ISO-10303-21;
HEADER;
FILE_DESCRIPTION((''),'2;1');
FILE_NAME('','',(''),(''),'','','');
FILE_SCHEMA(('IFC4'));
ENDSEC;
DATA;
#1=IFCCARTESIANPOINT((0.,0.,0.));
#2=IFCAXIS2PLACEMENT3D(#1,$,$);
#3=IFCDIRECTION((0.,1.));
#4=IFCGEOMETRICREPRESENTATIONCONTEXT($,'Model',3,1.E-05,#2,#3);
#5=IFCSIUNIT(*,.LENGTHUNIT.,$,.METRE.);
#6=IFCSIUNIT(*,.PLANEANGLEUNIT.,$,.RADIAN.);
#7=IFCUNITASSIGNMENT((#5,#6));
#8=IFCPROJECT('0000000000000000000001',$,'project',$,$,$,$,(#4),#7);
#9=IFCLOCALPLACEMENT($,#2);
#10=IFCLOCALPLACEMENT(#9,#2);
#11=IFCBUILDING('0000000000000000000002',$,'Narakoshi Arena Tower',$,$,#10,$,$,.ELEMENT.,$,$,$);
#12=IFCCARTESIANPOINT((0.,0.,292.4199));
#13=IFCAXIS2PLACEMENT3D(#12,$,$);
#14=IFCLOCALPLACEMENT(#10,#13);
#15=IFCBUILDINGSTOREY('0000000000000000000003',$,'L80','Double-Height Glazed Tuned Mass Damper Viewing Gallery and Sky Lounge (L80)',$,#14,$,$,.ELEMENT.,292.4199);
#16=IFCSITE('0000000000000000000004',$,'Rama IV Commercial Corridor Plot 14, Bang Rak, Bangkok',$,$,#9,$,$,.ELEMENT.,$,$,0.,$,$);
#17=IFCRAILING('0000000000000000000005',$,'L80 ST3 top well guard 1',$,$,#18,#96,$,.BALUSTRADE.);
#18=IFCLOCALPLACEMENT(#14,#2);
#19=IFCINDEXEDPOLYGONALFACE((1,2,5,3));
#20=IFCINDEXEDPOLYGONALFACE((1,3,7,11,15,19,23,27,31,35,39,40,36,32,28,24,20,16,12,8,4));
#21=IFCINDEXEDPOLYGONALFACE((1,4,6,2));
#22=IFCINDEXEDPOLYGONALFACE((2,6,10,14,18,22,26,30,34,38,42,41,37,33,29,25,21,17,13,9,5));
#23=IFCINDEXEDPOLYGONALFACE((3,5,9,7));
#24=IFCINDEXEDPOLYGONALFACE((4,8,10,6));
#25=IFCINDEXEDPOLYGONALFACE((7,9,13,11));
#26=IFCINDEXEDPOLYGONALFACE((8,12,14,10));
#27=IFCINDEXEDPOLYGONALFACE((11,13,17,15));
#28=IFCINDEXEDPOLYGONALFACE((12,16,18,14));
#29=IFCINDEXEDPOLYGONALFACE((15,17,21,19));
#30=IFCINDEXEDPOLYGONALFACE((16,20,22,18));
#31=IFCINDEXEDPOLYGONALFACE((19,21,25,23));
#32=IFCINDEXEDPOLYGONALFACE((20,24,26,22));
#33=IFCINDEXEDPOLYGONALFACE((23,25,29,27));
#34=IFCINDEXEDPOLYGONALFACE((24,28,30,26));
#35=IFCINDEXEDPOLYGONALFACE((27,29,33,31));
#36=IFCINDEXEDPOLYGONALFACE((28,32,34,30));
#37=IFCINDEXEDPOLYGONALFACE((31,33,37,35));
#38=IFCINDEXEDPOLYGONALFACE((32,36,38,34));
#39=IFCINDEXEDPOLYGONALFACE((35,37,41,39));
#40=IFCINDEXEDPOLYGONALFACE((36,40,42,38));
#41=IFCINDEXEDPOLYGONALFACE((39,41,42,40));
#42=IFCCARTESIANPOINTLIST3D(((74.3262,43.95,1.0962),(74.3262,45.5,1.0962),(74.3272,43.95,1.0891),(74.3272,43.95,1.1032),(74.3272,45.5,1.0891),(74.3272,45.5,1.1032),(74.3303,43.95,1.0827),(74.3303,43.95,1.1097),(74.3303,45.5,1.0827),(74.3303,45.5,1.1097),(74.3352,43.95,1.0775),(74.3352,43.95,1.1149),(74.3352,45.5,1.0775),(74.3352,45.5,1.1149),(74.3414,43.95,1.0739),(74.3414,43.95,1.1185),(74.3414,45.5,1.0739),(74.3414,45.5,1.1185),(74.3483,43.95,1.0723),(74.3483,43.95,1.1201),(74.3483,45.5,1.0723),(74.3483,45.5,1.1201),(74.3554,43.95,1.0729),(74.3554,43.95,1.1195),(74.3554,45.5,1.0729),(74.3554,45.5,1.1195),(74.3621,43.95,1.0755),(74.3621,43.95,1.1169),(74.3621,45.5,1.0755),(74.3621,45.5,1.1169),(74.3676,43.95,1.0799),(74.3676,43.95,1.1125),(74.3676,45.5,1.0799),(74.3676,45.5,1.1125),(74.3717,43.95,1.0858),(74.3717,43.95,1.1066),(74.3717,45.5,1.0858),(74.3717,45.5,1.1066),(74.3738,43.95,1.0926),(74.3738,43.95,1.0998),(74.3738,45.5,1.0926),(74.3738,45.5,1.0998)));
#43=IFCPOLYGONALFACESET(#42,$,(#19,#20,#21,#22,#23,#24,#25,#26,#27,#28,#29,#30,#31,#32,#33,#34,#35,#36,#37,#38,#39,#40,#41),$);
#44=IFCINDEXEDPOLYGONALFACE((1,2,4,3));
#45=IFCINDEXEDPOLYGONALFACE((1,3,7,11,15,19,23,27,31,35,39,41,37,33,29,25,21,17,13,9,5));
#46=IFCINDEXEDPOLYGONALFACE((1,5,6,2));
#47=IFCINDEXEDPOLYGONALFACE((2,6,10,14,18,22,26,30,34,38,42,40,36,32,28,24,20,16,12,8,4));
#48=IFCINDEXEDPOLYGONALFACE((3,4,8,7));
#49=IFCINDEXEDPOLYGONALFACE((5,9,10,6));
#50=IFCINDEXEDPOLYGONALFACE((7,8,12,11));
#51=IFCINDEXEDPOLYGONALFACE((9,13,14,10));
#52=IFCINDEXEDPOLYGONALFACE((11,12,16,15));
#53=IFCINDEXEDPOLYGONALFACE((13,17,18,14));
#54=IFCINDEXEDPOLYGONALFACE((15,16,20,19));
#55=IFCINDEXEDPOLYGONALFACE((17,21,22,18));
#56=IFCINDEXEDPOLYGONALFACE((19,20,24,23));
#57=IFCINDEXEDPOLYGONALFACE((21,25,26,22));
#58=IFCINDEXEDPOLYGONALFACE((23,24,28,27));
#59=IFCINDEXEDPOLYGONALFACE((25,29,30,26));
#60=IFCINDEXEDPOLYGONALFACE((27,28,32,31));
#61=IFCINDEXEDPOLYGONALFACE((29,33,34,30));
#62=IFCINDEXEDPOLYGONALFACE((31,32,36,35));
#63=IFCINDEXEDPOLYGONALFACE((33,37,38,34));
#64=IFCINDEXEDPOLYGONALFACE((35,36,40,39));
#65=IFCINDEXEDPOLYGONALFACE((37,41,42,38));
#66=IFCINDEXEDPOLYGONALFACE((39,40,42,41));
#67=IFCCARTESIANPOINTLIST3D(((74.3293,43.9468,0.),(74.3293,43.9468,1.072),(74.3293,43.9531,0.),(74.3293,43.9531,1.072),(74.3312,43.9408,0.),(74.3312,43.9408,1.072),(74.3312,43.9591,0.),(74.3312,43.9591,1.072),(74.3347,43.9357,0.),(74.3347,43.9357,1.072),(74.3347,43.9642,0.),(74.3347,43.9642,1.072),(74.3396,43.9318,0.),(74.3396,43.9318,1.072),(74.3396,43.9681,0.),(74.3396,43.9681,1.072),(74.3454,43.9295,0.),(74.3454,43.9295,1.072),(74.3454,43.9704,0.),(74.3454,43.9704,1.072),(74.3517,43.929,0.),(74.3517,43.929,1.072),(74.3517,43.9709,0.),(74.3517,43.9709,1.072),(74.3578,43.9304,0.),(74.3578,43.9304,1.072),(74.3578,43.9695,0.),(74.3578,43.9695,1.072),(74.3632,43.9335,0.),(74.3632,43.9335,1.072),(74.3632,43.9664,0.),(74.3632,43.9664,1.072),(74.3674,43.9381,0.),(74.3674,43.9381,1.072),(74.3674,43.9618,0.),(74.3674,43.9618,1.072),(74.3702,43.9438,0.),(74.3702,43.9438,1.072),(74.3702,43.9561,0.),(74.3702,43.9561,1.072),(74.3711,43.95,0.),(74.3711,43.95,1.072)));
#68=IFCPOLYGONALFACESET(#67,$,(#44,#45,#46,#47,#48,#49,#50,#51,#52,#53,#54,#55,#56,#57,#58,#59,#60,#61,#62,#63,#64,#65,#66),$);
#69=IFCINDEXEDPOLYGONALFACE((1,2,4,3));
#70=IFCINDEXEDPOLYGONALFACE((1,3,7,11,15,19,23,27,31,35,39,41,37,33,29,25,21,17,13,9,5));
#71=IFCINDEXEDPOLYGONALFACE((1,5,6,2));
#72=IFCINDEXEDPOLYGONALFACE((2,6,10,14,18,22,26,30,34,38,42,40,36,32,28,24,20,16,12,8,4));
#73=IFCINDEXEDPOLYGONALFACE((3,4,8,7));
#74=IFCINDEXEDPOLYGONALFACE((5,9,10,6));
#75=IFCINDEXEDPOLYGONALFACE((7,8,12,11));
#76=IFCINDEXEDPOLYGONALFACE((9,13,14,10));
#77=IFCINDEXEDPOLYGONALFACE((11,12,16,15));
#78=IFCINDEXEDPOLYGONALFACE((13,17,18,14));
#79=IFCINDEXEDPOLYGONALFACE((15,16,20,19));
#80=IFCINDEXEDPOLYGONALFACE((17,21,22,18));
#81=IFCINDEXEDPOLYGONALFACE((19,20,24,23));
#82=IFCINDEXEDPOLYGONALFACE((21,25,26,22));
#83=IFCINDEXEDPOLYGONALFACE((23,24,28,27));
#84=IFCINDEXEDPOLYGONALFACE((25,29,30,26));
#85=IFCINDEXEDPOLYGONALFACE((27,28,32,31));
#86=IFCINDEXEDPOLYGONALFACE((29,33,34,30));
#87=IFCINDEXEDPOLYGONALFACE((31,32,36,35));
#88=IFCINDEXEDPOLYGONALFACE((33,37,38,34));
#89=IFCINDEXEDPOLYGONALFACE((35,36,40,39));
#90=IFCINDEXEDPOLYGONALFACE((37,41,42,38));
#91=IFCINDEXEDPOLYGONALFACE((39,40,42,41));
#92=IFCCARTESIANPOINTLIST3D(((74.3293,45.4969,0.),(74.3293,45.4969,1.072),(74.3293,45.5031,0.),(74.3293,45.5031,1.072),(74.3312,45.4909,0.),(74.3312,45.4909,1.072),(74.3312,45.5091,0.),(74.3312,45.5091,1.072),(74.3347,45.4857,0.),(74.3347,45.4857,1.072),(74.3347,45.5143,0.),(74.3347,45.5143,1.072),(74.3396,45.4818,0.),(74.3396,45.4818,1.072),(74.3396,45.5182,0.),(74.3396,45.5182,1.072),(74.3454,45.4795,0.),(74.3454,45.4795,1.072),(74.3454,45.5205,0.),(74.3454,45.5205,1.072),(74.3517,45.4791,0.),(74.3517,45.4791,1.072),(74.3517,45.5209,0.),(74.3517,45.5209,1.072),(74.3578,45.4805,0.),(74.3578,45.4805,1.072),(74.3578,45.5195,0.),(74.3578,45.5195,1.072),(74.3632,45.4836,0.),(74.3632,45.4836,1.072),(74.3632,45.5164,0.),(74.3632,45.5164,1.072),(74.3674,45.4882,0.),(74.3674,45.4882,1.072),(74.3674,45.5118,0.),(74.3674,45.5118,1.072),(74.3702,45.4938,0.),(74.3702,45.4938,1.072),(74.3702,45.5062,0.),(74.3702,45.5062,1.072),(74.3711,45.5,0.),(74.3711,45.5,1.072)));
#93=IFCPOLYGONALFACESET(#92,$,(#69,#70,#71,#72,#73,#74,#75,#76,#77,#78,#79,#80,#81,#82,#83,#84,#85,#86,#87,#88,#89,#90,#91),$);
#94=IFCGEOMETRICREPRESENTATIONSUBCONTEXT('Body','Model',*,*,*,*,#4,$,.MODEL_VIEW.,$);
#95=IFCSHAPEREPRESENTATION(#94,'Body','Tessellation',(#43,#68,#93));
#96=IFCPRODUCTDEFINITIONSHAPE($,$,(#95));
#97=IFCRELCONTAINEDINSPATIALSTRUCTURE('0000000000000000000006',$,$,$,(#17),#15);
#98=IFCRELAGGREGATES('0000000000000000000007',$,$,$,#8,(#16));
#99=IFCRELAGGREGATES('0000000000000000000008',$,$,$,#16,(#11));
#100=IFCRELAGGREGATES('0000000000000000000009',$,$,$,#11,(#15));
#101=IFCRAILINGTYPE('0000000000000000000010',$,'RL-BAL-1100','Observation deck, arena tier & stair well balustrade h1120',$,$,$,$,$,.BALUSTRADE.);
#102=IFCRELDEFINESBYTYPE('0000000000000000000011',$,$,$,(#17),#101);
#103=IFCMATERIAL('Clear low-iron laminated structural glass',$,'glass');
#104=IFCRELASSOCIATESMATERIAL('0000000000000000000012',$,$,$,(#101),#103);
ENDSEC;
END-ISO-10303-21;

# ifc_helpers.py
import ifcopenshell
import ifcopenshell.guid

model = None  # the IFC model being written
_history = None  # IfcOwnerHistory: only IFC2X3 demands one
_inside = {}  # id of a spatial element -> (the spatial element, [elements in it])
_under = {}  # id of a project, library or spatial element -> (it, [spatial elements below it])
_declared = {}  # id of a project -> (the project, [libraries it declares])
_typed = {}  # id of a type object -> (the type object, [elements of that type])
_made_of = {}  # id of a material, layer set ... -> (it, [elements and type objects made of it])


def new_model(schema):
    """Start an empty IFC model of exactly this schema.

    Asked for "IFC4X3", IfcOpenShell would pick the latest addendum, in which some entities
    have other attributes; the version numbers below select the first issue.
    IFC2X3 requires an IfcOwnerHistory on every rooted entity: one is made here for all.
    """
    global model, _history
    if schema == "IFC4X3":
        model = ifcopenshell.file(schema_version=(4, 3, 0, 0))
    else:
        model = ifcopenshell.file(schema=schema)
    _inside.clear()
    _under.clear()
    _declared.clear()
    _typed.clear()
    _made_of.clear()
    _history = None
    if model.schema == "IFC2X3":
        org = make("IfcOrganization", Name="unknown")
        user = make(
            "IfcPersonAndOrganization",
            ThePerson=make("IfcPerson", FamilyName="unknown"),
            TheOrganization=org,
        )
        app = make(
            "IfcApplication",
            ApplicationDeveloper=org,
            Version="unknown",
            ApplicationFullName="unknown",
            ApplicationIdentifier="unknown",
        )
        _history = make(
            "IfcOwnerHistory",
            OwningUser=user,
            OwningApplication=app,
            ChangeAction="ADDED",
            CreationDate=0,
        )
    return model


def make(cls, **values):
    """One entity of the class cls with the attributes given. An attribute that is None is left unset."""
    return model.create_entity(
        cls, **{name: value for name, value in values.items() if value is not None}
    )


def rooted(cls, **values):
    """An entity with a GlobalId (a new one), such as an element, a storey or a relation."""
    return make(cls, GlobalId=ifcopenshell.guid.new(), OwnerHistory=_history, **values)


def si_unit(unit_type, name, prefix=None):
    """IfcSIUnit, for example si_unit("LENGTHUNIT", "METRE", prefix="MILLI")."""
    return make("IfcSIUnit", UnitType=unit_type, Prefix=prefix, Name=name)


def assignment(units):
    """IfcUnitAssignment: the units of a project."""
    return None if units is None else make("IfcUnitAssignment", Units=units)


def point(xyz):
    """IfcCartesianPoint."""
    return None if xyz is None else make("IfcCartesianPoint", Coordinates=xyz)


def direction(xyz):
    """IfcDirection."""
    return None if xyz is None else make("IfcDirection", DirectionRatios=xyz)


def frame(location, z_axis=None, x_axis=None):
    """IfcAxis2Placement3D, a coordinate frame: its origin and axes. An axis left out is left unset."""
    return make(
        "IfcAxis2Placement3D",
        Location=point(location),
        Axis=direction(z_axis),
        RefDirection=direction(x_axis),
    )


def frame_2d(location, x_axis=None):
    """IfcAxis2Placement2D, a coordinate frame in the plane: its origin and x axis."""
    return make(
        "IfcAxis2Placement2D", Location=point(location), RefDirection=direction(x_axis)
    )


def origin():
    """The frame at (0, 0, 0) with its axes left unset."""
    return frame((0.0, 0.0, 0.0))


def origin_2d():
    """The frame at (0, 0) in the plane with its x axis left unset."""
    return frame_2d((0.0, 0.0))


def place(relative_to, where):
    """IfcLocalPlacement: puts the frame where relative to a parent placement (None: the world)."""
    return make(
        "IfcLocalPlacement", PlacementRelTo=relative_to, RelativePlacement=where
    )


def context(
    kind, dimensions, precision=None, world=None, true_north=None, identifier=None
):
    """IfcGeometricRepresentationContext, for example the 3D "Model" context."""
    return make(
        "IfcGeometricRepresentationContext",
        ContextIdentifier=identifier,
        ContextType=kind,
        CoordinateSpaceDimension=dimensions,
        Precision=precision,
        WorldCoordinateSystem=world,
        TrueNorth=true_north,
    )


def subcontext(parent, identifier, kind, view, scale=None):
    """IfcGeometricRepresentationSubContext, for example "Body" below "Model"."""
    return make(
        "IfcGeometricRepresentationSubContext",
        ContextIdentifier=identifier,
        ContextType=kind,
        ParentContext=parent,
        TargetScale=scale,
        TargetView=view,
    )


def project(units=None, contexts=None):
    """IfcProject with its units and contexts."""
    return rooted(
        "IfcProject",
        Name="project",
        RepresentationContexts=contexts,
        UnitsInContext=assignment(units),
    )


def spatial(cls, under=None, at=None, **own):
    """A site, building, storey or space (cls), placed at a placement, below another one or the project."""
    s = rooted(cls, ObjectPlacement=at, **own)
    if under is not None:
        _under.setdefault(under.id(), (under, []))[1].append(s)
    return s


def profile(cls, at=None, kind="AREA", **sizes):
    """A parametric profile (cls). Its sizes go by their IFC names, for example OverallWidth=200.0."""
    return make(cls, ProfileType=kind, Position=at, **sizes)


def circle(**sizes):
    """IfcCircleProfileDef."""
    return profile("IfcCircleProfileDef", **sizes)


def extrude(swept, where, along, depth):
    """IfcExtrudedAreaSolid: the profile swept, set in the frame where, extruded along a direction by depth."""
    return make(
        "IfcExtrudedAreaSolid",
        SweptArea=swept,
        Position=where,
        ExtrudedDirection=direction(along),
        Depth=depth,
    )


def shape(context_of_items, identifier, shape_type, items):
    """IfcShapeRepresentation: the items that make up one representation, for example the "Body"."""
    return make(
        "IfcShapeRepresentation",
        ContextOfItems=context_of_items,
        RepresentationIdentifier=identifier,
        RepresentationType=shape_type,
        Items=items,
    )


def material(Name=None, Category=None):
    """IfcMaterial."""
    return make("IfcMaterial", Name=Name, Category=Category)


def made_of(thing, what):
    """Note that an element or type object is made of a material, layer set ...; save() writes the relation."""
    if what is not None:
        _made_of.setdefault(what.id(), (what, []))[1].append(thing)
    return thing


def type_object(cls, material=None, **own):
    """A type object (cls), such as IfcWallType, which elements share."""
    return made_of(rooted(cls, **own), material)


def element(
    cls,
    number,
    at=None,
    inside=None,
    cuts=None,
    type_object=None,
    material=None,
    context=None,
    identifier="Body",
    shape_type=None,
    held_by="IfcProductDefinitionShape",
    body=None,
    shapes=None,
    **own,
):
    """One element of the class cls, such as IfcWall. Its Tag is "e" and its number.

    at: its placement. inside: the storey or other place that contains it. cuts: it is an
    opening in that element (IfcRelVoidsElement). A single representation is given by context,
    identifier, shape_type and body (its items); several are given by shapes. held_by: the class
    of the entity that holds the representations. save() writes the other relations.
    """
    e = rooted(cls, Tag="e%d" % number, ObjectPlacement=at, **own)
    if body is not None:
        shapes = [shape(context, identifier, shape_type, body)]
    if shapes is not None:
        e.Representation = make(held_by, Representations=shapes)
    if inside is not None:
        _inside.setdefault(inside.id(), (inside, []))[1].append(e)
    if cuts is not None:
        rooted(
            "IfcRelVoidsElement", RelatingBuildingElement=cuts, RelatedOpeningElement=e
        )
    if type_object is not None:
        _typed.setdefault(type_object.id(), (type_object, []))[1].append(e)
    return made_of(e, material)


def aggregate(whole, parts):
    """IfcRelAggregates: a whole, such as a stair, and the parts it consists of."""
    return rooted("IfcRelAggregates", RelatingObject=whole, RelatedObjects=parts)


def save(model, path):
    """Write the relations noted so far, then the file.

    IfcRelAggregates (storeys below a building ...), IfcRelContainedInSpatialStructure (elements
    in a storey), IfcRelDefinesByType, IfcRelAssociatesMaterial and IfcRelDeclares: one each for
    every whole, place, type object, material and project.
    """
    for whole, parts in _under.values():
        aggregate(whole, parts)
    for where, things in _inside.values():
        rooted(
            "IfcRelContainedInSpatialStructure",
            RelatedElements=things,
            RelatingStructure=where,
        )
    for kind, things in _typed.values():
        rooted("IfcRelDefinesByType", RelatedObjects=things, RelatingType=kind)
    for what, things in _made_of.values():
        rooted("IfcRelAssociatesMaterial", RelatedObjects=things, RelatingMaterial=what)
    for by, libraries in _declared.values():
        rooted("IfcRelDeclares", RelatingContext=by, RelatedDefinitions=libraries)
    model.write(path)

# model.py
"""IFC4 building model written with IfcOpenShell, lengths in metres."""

from ifc_helpers import new_model, si_unit, direction, frame, origin, origin_2d, place, context, subcontext, project, spatial, circle, extrude, material, type_object, element, save


model = new_model("IFC4")

# Units and contexts
model_context = context("Model", 3, precision=1e-05, world=origin(), true_north=direction((0.0, 1.0)))
body_context = subcontext(model_context, "Body", "Model", "MODEL_VIEW")
ifc_project = project(units=[si_unit("LENGTHUNIT", "METRE"), si_unit("PLANEANGLEUNIT", "RADIAN")], contexts=[model_context])

# Site, building, storey
site_placement = place(None, origin())
site = spatial("IfcSite", under=ifc_project, at=site_placement, Name="Rama IV Commercial Corridor Plot 14, Bang Rak, Bangkok", CompositionType="ELEMENT", RefElevation=0.0)
building_placement = place(site_placement, origin())
building = spatial("IfcBuilding", under=site, at=building_placement, Name="Narakoshi Arena Tower", CompositionType="ELEMENT")
storey_placement = place(building_placement, frame((0.0, 0.0, 292.4199)))
storey = spatial("IfcBuildingStorey", under=building, at=storey_placement, Name="L80", Description="Double-Height Glazed Tuned Mass Damper Viewing Gallery and Sky Lounge (L80)", CompositionType="ELEMENT", Elevation=292.4199)

# Railing
ifc_material_1 = material(Name="Clear low-iron laminated structural glass", Category="glass")
railing_type = type_object("IfcRailingType", Name="RL-BAL-1100", Description="Observation deck, arena tier & stair well balustrade h1120", PredefinedType="BALUSTRADE", material=ifc_material_1)
railing_placement = place(storey_placement, frame((74.3501, 43.95, 0.0)))
element("IfcRailing", 1, at=railing_placement, inside=storey, type_object=railing_type, Name="L80 ST3 top well guard 1", PredefinedType="BALUSTRADE", context=body_context, shape_type="SweptSolid", body=[
    extrude(circle(Radius=0.0239, at=origin_2d()), frame((0.0, 0.0, 1.0962), z_axis=(0.0, 1.0, 0.0), x_axis=(-1.0, 0.0, 0.0)), (0.0, 0.0, 1.0), 1.55),
    extrude(circle(Radius=0.021, at=origin_2d()), origin(), (0.0, 0.0, 1.0), 1.072),
    extrude(circle(Radius=0.021, at=origin_2d()), frame((0.0, 1.55, 0.0)), (0.0, 0.0, 1.0), 1.072),
])

save(model, "model.ifc")
